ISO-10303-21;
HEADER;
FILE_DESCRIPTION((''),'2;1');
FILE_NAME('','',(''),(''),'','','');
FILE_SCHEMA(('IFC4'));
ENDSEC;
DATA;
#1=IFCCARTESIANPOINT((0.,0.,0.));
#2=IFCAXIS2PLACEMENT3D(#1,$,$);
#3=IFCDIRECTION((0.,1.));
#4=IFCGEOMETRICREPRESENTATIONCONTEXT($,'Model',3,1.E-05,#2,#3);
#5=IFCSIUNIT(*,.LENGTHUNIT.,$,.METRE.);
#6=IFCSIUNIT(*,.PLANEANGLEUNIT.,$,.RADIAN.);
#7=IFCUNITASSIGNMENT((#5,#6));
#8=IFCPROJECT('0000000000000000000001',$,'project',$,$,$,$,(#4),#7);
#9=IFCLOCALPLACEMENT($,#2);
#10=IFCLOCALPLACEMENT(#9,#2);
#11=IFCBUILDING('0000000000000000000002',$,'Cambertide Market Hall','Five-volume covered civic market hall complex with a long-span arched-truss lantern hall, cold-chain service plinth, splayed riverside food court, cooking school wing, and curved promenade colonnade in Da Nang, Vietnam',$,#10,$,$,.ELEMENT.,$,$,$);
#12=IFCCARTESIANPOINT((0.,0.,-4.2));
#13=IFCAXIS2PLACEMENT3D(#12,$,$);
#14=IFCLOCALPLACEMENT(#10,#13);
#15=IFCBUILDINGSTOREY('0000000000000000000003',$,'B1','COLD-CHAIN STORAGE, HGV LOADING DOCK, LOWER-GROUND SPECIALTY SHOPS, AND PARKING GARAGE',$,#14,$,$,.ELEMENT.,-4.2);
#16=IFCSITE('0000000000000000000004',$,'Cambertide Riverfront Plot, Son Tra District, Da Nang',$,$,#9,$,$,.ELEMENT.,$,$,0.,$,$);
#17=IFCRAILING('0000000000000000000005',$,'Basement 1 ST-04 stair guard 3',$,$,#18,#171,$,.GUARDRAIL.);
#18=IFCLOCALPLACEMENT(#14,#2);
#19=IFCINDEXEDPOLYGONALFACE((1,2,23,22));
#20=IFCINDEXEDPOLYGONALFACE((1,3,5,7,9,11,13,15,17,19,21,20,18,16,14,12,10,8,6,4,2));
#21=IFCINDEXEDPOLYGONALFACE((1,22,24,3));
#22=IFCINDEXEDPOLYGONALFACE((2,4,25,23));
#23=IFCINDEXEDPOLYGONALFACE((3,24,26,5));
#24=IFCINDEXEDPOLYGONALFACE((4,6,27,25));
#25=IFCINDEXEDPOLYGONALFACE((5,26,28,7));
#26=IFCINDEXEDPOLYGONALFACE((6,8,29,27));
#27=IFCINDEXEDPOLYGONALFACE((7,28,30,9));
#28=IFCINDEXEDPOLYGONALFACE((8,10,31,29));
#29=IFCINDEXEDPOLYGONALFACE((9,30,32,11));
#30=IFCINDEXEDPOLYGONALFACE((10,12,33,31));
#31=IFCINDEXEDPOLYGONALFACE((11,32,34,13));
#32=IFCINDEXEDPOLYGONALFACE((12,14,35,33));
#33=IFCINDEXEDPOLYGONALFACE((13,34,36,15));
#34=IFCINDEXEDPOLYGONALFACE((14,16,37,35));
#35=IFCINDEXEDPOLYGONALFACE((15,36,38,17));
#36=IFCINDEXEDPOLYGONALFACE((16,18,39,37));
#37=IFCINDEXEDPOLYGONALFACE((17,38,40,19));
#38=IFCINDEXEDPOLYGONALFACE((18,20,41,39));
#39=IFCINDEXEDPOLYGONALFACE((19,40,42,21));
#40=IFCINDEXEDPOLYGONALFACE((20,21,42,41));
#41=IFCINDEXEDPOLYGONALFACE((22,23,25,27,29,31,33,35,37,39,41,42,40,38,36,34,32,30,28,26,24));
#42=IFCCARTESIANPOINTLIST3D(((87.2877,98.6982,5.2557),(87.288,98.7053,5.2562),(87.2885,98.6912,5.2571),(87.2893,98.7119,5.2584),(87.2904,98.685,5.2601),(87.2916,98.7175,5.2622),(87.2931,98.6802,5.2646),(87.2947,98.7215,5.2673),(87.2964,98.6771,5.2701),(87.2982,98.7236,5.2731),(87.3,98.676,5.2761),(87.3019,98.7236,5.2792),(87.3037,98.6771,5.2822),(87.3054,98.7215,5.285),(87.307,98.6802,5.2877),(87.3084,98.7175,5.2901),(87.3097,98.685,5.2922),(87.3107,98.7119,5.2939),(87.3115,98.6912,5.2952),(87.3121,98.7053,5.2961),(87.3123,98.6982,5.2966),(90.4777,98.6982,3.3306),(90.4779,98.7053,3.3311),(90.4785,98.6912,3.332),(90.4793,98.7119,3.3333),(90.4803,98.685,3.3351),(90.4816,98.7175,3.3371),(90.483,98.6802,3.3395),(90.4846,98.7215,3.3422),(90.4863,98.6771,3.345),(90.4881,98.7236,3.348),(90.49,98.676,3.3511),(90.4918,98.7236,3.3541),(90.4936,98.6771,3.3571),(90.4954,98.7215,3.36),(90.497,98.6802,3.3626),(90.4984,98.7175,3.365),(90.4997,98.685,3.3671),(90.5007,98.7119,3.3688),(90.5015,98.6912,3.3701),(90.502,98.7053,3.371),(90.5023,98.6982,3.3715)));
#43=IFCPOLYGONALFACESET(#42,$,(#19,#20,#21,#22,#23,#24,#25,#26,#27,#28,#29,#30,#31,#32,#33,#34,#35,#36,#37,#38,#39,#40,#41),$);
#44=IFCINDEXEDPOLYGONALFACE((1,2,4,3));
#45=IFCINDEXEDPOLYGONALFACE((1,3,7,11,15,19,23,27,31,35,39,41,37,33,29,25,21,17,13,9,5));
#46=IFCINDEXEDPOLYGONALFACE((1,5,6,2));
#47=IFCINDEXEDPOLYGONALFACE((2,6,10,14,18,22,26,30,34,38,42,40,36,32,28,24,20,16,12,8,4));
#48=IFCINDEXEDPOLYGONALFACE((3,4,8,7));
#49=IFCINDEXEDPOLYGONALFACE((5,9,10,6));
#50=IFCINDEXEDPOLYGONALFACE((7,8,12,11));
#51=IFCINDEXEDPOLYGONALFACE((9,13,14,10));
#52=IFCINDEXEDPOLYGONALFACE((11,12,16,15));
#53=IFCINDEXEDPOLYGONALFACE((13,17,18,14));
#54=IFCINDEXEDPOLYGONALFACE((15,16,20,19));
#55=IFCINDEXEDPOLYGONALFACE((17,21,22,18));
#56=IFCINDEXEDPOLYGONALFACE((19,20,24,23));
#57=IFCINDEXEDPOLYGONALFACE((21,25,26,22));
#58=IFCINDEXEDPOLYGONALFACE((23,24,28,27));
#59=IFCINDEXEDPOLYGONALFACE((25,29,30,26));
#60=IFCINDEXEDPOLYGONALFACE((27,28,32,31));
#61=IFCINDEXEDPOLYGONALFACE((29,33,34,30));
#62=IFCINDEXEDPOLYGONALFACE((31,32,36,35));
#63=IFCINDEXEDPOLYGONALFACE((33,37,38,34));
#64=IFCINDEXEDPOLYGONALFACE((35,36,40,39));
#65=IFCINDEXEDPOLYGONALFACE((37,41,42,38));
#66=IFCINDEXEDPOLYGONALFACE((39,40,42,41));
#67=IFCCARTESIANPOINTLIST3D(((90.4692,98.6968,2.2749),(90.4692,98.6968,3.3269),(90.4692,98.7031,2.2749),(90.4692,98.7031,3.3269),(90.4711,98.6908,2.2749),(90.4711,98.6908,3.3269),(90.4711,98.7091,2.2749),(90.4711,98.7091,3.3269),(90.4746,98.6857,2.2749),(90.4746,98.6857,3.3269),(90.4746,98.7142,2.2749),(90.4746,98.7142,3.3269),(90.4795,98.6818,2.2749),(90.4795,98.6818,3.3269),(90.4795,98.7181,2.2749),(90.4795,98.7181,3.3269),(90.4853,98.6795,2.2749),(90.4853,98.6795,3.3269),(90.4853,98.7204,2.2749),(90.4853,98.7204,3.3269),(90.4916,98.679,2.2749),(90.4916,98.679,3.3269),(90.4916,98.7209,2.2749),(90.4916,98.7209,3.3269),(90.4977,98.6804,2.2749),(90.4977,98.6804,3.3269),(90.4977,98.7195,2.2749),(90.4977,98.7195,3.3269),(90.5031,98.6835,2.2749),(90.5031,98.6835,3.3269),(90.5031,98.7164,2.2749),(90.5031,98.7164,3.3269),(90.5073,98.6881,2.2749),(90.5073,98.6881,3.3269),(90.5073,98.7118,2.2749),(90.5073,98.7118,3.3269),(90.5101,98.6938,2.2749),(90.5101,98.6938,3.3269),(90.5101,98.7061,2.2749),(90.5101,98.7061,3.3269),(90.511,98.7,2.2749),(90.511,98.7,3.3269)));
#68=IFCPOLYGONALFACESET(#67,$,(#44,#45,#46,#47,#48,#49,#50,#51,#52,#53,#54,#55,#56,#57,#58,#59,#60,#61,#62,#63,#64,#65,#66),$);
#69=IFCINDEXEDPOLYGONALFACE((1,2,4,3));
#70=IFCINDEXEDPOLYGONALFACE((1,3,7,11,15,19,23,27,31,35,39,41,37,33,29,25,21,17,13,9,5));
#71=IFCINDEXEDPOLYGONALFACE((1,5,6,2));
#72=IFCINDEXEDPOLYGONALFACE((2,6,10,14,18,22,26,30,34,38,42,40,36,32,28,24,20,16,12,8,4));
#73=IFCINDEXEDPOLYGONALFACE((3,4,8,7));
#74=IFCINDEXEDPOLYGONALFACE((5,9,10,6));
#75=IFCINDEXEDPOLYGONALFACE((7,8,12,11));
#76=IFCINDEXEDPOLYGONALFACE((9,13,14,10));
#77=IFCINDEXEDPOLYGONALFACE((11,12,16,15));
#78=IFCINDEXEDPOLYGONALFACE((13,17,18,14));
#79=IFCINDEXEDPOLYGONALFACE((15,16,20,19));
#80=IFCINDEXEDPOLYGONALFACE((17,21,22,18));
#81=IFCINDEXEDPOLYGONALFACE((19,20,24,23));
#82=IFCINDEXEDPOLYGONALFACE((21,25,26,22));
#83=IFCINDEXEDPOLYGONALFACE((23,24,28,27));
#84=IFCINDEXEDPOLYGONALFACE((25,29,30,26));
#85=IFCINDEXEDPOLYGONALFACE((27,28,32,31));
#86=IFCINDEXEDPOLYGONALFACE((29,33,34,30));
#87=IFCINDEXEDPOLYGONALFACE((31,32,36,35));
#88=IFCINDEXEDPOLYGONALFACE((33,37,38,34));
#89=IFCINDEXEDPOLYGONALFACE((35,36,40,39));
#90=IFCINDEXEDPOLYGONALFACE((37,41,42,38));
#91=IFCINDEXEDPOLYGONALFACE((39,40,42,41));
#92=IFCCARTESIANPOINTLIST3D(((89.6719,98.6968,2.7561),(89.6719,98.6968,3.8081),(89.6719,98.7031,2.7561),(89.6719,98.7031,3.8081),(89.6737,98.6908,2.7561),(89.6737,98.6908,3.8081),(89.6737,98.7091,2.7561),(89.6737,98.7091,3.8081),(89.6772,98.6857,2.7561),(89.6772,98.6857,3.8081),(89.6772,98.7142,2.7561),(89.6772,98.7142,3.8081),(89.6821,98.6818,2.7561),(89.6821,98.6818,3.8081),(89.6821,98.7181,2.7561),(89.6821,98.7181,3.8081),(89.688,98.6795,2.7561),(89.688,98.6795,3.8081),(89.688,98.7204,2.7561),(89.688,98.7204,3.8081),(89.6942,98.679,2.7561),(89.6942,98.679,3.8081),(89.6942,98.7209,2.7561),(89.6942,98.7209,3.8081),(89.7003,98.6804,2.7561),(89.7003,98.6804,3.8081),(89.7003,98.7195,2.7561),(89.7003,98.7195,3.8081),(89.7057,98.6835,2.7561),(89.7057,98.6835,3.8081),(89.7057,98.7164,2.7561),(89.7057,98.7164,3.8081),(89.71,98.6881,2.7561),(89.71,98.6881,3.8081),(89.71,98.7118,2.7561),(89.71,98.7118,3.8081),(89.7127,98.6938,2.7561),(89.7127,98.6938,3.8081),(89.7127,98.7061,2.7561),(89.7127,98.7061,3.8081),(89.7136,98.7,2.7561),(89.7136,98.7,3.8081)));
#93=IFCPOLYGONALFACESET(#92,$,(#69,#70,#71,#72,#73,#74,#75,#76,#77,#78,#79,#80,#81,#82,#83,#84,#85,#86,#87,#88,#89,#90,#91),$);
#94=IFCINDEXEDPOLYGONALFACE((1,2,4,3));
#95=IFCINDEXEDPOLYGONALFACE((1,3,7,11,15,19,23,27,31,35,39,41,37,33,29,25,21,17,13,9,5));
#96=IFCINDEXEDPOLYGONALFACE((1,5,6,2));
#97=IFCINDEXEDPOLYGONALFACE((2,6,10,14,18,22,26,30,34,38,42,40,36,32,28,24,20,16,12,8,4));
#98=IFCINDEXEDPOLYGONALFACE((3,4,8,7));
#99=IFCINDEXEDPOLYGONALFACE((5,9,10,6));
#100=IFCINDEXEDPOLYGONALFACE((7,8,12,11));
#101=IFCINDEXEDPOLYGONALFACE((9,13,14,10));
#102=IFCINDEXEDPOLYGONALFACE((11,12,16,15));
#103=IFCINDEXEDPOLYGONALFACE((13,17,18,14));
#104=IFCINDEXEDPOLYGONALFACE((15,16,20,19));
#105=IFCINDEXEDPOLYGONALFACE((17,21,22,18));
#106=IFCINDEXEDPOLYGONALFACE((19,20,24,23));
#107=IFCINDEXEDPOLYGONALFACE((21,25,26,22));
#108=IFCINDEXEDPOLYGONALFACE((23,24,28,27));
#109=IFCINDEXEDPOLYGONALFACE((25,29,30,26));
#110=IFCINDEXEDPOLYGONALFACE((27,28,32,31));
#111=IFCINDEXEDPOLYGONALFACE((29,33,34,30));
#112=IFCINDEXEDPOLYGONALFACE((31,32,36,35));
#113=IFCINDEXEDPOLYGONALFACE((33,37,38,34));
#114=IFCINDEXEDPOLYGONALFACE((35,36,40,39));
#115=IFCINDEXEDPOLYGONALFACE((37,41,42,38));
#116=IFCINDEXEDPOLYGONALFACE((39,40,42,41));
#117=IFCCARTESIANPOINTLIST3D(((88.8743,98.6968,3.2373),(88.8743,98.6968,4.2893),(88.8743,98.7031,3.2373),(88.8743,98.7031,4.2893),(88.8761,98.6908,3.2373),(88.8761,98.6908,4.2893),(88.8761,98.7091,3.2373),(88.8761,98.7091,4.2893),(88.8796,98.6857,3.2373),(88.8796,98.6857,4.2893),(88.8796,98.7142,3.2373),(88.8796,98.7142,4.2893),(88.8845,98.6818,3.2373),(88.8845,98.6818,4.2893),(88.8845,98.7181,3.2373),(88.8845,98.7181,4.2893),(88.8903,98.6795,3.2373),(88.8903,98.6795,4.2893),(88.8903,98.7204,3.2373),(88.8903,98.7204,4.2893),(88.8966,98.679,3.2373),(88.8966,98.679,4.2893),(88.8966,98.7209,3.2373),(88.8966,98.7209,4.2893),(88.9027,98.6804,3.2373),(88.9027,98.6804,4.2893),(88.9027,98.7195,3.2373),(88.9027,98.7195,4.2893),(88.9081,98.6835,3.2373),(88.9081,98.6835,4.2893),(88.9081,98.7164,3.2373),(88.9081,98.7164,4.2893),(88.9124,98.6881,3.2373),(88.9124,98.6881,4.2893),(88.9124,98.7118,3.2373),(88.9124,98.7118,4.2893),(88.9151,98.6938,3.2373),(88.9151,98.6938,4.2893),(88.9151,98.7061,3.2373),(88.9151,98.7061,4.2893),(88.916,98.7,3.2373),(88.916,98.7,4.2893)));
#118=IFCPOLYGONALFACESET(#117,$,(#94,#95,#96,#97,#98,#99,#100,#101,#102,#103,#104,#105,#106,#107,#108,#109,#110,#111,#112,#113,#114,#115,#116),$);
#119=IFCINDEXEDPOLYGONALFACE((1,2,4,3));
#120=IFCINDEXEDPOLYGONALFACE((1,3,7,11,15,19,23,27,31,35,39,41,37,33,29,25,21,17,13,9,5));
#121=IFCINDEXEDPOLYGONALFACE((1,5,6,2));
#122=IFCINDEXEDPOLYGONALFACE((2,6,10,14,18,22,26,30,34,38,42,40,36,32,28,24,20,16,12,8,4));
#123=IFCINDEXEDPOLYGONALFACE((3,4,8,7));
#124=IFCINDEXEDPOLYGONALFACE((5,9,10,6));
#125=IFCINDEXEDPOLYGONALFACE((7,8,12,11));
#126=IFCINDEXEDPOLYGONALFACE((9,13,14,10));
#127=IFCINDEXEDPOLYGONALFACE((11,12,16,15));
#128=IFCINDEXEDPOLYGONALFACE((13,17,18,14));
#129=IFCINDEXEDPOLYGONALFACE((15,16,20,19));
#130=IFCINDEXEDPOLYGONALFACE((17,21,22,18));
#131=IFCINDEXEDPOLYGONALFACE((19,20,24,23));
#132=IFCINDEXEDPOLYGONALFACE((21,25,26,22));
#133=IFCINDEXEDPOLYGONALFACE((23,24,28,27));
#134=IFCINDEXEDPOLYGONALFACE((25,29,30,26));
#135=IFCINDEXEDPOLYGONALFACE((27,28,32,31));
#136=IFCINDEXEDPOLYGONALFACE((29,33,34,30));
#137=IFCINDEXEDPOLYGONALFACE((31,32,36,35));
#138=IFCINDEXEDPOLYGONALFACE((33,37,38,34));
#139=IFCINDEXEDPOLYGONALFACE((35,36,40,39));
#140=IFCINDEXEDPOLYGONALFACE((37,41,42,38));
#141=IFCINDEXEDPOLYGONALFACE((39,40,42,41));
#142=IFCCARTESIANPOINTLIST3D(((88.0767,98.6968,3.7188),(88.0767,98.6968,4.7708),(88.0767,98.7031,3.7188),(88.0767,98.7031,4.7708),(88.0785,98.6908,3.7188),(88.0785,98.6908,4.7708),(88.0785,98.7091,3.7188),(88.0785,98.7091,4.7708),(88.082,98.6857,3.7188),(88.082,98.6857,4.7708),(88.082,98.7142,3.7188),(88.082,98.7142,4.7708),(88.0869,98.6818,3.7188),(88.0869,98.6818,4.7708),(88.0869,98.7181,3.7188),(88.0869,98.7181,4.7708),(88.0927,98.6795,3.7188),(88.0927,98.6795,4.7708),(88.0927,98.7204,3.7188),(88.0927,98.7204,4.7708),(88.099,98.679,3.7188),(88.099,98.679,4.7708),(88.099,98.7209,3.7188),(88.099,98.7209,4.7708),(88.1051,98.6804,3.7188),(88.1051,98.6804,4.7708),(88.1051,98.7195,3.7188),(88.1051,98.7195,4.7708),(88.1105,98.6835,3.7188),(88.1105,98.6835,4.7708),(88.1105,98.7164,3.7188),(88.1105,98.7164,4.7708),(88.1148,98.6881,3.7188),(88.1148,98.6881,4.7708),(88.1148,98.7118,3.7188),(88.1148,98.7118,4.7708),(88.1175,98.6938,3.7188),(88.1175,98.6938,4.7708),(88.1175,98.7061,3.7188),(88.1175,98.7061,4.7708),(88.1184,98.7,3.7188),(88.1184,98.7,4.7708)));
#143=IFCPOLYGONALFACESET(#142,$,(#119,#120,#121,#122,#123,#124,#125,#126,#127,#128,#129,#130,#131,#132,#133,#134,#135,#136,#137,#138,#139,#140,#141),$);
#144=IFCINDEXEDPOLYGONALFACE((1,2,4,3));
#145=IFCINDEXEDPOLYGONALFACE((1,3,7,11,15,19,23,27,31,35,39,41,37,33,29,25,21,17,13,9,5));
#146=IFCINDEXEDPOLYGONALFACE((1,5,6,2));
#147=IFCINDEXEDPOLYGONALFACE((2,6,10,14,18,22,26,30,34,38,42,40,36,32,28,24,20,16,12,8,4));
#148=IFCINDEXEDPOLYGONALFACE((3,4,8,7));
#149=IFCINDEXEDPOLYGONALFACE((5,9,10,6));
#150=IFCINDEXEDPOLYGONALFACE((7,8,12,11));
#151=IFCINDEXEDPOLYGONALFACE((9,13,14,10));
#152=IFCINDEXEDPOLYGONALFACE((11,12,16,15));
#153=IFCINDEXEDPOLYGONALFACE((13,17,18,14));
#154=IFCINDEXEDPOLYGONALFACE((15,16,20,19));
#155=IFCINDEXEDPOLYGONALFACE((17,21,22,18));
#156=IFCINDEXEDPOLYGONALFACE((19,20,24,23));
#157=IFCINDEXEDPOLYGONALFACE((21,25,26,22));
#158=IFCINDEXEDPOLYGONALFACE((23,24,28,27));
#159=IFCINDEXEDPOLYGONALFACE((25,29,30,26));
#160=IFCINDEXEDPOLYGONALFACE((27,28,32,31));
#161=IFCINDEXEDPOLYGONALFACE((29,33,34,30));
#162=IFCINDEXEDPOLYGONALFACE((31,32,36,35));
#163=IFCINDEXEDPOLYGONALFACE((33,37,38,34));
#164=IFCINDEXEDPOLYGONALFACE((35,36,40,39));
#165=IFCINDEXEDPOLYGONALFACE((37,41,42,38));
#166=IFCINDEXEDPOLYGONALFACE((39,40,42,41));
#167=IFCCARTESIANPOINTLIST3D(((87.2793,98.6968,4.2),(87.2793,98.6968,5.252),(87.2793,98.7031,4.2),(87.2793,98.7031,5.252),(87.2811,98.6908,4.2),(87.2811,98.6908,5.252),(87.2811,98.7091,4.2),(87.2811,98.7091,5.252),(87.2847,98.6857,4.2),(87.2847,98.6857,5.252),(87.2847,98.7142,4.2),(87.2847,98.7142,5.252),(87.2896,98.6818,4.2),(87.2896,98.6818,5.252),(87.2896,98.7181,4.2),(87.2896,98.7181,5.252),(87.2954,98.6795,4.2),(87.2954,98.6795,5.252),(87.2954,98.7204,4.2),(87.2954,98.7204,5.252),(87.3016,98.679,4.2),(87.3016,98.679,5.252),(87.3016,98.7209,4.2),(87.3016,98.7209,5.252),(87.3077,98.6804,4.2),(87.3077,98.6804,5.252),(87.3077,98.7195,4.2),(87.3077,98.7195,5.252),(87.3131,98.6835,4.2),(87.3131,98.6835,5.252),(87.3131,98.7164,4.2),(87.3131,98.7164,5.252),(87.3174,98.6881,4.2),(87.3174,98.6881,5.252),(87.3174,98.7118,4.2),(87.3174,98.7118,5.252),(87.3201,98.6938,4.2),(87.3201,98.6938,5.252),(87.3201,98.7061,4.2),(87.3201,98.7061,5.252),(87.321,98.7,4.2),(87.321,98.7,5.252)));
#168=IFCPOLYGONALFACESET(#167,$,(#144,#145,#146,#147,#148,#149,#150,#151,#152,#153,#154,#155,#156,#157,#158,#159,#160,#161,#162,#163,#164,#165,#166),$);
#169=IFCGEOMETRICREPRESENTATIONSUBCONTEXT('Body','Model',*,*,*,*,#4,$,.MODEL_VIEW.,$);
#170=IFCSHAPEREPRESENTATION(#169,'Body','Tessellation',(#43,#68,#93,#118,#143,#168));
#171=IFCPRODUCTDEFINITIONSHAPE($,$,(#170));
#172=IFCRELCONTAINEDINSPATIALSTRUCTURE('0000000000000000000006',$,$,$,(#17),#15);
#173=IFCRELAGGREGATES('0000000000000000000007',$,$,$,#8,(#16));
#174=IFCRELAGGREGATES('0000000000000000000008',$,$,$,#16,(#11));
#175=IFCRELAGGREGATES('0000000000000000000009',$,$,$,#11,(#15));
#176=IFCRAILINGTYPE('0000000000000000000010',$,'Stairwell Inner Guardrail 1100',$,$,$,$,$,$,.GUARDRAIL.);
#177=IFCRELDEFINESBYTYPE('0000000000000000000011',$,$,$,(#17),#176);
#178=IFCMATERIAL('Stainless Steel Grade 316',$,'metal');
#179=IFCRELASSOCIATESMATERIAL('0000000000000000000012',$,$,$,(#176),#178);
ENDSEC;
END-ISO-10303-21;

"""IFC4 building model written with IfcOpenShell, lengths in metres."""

from ifc_helpers import new_model, si_unit, direction, frame, origin, origin_2d, place, context, subcontext, project, spatial, circle, extrude, material, type_object, element, save


model = new_model("IFC4")

# Units and contexts
model_context = context("Model", 3, precision=1e-05, world=origin(), true_north=direction((0.0, 1.0)))
body_context = subcontext(model_context, "Body", "Model", "MODEL_VIEW")
ifc_project = project(units=[si_unit("LENGTHUNIT", "METRE"), si_unit("PLANEANGLEUNIT", "RADIAN")], contexts=[model_context])

# Site, building, storey
site_placement = place(None, origin())
site = spatial("IfcSite", under=ifc_project, at=site_placement, Name="Cambertide Riverfront Plot, Son Tra District, Da Nang", CompositionType="ELEMENT", RefElevation=0.0)
building_placement = place(site_placement, origin())
building = spatial("IfcBuilding", under=site, at=building_placement, Name="Cambertide Market Hall", Description="Five-volume covered civic market hall complex with a long-span arched-truss lantern hall, cold-chain service plinth, splayed riverside food court, cooking school wing, and curved promenade colonnade in Da Nang, Vietnam", CompositionType="ELEMENT")
storey_placement = place(building_placement, frame((0.0, 0.0, -4.2)))
storey = spatial("IfcBuildingStorey", under=building, at=storey_placement, Name="B1", Description="COLD-CHAIN STORAGE, HGV LOADING DOCK, LOWER-GROUND SPECIALTY SHOPS, AND PARKING GARAGE", CompositionType="ELEMENT", Elevation=-4.2)

# Railing
ifc_material_1 = material(Name="Stainless Steel Grade 316", Category="metal")
railing_type_1 = type_object("IfcRailingType", Name="Stairwell Inner Guardrail 1100", PredefinedType="GUARDRAIL", material=ifc_material_1)
railing_1_placement = place(storey_placement, frame((90.49, 98.7, 2.2749)))
element("IfcRailing", 1, at=railing_1_placement, inside=storey, type_object=railing_type_1, Name="Basement 1 ST-04 stair guard 3", PredefinedType="GUARDRAIL", context=body_context, shape_type="SweptSolid", body=[
    extrude(circle(Radius=0.0239, at=origin_2d()), frame((0.0, 0.0, 1.0762), z_axis=(-0.856178, 0.0, 0.516682), x_axis=(0.0, -1.0, 0.0)), (0.0, 0.0, 1.0), 3.7258),
    extrude(circle(Radius=0.021, at=origin_2d()), origin(), (0.0, 0.0, 1.0), 1.052),
    extrude(circle(Radius=0.021, at=origin_2d()), frame((-0.7974, 0.0, 0.4812)), (0.0, 0.0, 1.0), 1.052),
    extrude(circle(Radius=0.021, at=origin_2d()), frame((-1.595, 0.0, 0.9624)), (0.0, 0.0, 1.0), 1.052),
    extrude(circle(Radius=0.021, at=origin_2d()), frame((-2.3926, 0.0, 1.4438)), (0.0, 0.0, 1.0), 1.052),
    extrude(circle(Radius=0.021, at=origin_2d()), frame((-3.1899, 0.0, 1.925)), (0.0, 0.0, 1.0), 1.052),
])

save(model, "model.ifc")
